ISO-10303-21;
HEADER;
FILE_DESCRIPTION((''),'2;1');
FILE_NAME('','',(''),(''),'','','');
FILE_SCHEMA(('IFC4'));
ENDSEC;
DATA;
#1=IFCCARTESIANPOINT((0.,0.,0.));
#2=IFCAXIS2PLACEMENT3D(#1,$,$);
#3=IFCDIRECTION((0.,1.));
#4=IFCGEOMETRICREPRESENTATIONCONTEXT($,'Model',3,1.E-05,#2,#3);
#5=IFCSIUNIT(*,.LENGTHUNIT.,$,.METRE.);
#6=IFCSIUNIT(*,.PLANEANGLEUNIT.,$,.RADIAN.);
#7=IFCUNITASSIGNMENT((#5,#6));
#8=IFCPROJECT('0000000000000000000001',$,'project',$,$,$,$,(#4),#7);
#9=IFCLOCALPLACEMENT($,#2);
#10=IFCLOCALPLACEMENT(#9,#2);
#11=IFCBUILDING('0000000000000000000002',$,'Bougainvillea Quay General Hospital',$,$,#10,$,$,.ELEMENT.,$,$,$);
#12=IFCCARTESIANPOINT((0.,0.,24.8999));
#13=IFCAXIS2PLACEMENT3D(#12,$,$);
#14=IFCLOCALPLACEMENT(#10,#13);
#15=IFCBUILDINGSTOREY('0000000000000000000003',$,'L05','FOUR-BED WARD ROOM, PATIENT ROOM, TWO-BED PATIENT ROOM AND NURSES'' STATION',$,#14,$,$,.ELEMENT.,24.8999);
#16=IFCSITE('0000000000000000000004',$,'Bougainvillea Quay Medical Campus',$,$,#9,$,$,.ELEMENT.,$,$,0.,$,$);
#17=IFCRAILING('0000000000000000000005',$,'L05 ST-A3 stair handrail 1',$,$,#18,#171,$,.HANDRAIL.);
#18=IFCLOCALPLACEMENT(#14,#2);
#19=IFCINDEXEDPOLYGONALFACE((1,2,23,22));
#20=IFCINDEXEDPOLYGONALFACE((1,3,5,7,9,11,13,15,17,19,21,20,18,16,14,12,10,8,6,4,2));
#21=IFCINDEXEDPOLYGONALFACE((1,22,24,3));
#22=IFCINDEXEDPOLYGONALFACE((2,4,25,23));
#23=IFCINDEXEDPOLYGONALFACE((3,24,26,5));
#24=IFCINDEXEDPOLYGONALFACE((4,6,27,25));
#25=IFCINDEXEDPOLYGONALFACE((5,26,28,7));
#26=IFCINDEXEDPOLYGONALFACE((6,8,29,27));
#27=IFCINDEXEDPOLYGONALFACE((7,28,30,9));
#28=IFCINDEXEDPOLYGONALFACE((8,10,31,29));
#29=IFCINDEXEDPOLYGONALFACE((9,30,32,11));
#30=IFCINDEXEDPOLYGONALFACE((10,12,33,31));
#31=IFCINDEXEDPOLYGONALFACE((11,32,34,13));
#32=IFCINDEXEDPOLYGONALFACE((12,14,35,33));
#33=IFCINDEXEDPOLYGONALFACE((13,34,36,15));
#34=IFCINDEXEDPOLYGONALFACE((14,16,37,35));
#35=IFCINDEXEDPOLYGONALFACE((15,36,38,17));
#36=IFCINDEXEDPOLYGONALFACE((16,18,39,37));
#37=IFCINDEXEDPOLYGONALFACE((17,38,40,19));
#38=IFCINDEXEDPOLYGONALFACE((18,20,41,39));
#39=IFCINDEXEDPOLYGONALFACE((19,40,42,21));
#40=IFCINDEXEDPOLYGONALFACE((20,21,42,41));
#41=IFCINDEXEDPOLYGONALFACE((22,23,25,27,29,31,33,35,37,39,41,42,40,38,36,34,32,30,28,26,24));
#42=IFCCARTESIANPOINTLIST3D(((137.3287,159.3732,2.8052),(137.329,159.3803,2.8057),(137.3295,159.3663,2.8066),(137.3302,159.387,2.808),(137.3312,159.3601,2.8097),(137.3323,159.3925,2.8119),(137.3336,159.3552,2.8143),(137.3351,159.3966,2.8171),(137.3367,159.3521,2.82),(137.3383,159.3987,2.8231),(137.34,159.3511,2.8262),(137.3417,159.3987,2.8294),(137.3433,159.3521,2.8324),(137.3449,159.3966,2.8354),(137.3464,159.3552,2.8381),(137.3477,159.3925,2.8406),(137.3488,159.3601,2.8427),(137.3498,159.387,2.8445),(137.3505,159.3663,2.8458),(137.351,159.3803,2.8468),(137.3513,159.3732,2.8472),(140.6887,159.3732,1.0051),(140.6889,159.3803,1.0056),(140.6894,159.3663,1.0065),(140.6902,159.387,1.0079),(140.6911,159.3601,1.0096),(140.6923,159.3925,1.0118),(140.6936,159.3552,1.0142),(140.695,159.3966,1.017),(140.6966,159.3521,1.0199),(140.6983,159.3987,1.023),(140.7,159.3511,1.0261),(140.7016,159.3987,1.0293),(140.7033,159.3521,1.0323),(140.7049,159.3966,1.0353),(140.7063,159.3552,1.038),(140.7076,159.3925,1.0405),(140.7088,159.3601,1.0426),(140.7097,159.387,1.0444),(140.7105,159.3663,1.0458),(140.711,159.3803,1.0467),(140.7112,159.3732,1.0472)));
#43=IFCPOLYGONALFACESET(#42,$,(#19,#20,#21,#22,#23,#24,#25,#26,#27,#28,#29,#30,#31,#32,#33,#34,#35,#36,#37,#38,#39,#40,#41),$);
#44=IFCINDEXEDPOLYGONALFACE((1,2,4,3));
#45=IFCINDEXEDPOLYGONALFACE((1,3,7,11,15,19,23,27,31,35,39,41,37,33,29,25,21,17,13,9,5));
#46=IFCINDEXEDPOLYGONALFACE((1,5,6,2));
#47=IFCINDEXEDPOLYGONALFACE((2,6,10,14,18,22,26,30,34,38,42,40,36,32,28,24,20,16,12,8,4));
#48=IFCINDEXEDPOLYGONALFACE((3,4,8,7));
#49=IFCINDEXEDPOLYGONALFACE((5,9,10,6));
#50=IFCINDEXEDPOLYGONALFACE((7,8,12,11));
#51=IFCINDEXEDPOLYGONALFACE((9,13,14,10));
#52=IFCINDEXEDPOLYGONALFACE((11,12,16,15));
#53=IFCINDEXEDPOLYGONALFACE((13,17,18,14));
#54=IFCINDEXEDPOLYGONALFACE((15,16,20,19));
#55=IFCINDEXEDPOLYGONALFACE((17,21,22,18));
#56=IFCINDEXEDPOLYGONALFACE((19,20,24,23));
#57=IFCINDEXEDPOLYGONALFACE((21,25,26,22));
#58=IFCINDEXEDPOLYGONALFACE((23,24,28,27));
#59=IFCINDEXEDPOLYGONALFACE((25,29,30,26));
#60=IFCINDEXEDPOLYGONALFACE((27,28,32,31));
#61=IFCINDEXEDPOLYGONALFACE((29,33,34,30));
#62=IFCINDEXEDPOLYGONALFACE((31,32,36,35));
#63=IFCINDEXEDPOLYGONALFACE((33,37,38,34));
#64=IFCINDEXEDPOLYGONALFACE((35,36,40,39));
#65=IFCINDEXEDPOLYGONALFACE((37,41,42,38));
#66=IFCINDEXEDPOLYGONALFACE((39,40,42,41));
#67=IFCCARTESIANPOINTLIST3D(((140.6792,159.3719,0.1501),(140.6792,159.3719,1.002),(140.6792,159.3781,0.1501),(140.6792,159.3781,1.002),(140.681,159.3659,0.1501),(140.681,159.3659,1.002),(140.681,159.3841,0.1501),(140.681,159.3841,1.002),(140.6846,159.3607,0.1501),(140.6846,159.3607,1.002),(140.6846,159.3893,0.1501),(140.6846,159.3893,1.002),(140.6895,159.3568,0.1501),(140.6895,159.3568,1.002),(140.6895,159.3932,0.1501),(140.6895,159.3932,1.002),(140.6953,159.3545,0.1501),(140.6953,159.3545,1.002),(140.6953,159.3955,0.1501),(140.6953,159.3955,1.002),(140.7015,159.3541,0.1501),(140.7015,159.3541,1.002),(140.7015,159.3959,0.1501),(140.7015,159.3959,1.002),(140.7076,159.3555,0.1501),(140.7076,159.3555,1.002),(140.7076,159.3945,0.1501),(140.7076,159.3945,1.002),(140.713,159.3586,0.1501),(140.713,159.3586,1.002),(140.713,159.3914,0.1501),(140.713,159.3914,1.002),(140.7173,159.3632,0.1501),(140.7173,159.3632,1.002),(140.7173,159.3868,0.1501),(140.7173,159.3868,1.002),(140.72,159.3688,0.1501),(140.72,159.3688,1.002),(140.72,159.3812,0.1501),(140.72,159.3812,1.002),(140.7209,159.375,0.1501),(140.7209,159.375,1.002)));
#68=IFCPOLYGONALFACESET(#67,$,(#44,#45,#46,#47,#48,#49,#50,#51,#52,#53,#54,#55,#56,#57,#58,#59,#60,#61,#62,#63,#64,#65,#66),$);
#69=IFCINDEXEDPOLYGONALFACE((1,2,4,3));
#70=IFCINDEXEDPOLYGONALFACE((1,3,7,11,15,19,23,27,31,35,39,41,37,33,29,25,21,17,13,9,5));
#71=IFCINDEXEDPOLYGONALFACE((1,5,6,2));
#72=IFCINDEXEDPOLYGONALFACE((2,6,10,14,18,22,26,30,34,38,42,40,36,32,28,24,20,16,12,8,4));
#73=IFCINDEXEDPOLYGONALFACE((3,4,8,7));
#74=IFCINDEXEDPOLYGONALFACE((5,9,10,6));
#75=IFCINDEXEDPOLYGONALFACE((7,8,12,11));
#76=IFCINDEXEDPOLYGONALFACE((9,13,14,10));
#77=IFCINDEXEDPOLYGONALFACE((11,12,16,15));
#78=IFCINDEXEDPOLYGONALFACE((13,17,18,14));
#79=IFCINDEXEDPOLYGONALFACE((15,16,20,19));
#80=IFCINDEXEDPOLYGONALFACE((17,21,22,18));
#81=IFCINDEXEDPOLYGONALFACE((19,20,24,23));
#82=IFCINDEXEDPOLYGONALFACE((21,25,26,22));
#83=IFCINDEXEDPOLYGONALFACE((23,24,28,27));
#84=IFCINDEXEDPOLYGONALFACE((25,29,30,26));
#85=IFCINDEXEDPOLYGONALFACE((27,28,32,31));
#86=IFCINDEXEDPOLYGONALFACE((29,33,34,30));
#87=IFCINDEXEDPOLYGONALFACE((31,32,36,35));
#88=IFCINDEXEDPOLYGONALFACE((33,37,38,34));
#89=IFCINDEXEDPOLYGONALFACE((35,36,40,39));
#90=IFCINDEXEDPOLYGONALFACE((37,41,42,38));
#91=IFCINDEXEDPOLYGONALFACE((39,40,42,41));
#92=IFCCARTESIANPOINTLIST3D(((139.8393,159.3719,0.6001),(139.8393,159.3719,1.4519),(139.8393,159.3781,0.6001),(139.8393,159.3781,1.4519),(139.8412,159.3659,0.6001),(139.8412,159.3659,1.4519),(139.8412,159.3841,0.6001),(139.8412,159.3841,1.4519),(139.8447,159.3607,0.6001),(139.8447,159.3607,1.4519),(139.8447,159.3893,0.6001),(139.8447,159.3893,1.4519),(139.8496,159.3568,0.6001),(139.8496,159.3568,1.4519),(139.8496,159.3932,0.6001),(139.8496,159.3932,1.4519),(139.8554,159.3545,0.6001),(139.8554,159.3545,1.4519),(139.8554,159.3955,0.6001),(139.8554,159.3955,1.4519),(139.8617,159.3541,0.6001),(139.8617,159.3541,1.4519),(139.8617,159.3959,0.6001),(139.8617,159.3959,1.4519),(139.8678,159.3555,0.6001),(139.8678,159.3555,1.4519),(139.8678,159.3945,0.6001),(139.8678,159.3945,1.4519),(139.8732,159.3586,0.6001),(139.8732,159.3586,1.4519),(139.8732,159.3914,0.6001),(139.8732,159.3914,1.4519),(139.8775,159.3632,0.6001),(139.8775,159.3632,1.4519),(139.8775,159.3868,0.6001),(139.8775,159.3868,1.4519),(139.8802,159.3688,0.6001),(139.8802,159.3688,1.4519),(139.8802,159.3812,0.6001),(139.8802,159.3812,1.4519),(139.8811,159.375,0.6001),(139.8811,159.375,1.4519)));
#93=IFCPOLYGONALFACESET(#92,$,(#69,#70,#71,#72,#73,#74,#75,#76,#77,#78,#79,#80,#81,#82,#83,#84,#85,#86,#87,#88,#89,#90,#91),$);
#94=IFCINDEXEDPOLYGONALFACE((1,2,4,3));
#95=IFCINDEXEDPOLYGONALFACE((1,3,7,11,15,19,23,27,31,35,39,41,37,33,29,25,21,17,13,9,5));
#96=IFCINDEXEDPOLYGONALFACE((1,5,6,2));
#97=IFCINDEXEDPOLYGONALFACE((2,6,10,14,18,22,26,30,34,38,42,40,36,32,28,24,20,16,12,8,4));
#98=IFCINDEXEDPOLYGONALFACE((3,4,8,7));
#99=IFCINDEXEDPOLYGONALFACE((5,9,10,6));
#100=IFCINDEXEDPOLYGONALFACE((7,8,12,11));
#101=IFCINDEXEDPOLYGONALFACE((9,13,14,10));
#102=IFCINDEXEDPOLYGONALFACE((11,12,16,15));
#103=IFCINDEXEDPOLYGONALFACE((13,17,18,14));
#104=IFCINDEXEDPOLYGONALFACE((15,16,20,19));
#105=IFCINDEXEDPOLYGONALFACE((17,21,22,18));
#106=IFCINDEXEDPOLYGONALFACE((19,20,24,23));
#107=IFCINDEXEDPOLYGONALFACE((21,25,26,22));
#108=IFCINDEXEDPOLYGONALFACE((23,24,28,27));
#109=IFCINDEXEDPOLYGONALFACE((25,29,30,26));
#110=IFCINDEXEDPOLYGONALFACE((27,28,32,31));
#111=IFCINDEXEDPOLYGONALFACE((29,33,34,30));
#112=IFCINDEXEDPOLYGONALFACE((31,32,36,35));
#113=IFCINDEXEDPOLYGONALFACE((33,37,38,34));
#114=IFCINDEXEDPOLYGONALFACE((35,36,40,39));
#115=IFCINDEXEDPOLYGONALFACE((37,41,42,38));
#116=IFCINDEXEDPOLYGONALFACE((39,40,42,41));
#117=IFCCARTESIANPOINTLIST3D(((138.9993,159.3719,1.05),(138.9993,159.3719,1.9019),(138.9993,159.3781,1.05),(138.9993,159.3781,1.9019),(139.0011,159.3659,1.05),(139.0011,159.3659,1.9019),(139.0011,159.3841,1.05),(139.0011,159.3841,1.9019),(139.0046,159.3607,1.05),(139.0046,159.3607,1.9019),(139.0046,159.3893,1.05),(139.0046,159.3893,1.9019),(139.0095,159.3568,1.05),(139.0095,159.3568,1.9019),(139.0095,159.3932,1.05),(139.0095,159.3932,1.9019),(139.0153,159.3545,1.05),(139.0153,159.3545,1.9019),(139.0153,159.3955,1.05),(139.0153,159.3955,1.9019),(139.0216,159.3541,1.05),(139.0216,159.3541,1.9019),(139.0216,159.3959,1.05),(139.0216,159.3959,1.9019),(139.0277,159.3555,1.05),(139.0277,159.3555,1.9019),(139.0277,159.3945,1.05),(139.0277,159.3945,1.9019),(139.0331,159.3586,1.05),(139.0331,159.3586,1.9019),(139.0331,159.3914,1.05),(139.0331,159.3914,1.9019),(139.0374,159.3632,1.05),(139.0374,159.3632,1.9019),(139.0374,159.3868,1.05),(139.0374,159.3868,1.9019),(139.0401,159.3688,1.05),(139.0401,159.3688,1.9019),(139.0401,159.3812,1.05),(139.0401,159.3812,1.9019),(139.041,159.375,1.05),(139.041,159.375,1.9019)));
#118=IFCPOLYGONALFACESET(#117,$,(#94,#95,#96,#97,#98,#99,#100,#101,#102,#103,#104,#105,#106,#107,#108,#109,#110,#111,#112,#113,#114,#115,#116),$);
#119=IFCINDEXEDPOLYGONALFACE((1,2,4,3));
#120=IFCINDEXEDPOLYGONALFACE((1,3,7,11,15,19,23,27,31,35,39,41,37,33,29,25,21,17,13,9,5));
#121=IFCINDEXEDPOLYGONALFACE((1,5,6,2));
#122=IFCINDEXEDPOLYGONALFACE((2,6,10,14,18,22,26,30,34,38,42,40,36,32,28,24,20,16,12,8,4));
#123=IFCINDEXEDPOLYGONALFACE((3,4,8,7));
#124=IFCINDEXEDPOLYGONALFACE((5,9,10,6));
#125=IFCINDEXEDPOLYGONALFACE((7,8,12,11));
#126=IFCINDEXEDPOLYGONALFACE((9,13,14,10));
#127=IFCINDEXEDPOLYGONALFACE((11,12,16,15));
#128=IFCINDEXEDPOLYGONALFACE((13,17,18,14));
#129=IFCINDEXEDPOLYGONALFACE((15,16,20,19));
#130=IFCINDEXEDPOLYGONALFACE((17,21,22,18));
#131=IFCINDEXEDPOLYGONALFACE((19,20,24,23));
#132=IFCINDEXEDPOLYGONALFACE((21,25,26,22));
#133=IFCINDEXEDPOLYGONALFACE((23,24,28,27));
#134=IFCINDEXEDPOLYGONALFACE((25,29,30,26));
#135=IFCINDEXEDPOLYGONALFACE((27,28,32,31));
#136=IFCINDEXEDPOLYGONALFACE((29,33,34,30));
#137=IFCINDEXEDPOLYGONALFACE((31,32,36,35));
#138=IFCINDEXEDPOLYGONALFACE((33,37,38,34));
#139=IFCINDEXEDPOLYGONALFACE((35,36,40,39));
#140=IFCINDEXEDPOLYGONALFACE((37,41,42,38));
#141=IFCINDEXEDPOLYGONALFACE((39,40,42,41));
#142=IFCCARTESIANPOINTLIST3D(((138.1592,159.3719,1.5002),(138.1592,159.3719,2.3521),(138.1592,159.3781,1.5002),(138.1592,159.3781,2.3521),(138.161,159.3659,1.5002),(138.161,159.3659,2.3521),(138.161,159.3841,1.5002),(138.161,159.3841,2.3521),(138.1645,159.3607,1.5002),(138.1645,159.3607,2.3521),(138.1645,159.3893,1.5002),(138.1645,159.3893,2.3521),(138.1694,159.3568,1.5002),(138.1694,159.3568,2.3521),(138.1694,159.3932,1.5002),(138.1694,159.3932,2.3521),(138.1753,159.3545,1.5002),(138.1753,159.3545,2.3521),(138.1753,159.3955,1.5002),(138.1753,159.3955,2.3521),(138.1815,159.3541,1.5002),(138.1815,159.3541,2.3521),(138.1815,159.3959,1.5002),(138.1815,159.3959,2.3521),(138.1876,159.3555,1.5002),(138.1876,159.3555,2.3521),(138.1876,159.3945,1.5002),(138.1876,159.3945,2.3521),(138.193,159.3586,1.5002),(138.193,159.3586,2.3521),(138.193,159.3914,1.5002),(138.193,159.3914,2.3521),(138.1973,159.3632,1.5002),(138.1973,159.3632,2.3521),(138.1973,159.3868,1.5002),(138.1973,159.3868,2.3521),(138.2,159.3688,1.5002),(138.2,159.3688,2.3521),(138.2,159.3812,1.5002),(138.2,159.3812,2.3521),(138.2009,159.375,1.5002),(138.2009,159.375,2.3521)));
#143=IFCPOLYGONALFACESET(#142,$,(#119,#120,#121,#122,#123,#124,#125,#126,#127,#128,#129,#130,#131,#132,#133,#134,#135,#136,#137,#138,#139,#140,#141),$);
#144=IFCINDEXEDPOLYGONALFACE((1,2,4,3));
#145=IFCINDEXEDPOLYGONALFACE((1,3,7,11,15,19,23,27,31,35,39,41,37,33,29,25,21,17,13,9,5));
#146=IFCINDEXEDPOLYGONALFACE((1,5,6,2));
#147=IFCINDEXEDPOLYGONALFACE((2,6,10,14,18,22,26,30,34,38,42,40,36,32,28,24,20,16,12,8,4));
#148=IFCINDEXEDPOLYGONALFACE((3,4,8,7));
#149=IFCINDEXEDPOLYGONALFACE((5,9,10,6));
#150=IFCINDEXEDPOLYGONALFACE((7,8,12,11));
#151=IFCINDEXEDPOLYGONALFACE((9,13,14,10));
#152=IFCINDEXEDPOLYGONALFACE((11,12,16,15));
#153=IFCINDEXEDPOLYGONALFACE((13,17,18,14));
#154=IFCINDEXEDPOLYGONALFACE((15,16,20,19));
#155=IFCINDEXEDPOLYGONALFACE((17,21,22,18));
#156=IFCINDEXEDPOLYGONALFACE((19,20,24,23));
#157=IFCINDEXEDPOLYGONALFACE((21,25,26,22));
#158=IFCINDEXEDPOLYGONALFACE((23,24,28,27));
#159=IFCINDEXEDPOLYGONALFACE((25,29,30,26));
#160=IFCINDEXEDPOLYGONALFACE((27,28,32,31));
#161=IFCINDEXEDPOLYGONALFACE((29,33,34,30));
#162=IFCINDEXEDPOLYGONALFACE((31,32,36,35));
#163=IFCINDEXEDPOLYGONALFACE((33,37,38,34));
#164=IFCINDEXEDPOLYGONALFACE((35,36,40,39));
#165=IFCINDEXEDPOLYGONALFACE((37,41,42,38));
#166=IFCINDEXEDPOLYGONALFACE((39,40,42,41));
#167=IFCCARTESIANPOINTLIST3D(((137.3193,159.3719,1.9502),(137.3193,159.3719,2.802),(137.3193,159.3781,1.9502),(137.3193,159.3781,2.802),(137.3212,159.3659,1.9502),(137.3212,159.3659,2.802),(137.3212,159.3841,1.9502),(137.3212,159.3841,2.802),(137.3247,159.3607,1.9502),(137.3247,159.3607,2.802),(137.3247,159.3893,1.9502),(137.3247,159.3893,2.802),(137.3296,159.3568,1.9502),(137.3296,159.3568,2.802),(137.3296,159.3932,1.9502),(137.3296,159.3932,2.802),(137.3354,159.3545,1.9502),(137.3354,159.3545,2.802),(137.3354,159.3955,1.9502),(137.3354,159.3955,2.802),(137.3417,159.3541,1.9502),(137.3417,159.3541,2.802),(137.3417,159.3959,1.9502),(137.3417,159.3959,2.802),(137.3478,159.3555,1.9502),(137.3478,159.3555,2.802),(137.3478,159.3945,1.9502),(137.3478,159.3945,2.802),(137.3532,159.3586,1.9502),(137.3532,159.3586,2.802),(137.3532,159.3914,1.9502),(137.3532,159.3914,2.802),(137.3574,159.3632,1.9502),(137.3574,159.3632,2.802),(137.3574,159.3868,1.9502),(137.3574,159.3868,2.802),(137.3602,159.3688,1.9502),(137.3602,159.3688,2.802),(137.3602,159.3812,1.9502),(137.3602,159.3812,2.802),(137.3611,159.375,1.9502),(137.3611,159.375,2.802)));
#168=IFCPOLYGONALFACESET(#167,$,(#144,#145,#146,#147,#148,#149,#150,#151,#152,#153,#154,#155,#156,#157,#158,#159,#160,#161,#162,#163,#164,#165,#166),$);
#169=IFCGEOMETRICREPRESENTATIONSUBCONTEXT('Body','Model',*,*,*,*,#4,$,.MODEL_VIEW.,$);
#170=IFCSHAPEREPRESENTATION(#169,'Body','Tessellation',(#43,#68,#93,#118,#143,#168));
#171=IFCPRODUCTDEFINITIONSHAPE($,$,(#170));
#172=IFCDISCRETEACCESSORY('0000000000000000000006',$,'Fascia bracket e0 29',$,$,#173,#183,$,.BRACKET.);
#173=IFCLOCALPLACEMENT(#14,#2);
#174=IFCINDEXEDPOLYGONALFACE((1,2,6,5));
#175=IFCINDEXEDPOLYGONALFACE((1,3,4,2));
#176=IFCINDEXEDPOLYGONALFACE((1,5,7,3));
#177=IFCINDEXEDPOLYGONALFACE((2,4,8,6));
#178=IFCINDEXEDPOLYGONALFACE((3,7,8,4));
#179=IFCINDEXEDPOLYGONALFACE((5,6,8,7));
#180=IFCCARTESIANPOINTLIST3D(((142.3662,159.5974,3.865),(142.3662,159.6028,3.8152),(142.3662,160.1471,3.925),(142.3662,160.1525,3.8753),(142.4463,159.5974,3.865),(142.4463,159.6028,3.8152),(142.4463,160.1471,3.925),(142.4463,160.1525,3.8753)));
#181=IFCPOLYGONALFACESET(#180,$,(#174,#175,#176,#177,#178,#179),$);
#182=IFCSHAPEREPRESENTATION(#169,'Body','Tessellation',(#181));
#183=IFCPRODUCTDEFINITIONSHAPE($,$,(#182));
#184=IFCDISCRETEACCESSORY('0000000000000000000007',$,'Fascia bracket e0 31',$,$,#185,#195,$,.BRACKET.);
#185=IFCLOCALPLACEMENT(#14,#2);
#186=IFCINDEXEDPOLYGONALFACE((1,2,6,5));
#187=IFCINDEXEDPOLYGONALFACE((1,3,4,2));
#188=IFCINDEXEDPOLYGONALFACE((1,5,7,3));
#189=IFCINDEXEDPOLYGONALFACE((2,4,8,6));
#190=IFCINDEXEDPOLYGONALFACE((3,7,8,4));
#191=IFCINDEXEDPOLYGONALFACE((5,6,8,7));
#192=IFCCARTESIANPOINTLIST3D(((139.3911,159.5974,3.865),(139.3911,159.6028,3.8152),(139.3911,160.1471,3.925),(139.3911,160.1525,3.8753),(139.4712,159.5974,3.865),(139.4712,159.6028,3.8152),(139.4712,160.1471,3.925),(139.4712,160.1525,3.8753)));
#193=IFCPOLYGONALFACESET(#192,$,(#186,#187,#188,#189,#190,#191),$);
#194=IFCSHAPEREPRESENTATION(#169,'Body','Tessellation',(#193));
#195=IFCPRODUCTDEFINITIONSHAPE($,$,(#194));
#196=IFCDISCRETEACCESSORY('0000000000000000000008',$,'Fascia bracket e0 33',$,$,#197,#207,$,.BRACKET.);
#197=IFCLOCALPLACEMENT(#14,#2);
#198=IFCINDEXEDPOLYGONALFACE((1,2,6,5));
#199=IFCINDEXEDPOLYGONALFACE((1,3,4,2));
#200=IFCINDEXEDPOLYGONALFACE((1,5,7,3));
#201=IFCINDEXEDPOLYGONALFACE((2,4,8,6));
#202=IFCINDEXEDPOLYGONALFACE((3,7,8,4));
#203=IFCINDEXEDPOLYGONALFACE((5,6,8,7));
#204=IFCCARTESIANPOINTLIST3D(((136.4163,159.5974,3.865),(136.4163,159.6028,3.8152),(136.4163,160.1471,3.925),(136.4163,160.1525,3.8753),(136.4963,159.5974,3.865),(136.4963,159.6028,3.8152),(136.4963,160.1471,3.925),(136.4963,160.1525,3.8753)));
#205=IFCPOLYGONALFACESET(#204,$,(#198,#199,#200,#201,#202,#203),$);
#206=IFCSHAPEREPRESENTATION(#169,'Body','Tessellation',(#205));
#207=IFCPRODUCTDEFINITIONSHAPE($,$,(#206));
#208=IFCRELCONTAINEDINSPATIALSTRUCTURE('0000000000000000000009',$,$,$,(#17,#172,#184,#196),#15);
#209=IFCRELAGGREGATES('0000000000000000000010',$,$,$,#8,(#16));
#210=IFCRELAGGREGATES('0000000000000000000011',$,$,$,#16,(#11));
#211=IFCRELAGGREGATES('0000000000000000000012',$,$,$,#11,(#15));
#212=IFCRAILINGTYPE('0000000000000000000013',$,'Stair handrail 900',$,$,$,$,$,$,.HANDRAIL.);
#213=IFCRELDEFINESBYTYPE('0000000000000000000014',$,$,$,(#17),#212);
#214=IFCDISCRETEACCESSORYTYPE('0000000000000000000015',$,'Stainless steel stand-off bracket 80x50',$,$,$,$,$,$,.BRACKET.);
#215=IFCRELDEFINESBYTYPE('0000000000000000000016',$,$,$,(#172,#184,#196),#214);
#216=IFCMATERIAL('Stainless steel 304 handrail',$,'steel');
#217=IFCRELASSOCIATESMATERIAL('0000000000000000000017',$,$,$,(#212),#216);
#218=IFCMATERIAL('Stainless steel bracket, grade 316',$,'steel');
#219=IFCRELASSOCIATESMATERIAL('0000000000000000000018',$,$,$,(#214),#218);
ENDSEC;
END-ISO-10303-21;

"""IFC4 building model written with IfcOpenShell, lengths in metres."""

from ifc_helpers import new_model, si_unit, direction, frame, origin, origin_2d, place, context, subcontext, project, spatial, rectangle, circle, extrude, material, material_profile, profile_set, type_object, element, save


model = new_model("IFC4")

# Units and contexts
model_context = context("Model", 3, precision=1e-05, world=origin(), true_north=direction((0.0, 1.0)))
body_context = subcontext(model_context, "Body", "Model", "MODEL_VIEW")
ifc_project = project(units=[si_unit("LENGTHUNIT", "METRE"), si_unit("PLANEANGLEUNIT", "RADIAN")], contexts=[model_context])

# Site, building, storey
site_placement = place(None, origin())
site = spatial("IfcSite", under=ifc_project, at=site_placement, Name="Bougainvillea Quay Medical Campus", CompositionType="ELEMENT", RefElevation=0.0)
building_placement = place(site_placement, origin())
building = spatial("IfcBuilding", under=site, at=building_placement, Name="Bougainvillea Quay General Hospital", CompositionType="ELEMENT")
storey_placement = place(building_placement, frame((0.0, 0.0, 24.8999)))
storey = spatial("IfcBuildingStorey", under=building, at=storey_placement, Name="L05", Description="FOUR-BED WARD ROOM, PATIENT ROOM, TWO-BED PATIENT ROOM AND NURSES' STATION", CompositionType="ELEMENT", Elevation=24.8999)

# Railing
ifc_material_1 = material(Name="Stainless steel 304 handrail", Category="steel")
railing_type_1 = type_object("IfcRailingType", Name="Stair handrail 900", PredefinedType="HANDRAIL", material=ifc_material_1)
railing_1_placement = place(storey_placement, frame((140.7, 159.375, 0.1501)))
element("IfcRailing", 1, at=railing_1_placement, inside=storey, type_object=railing_type_1, Name="L05 ST-A3 stair handrail 1", PredefinedType="HANDRAIL", context=body_context, shape_type="SweptSolid", body=[
    extrude(circle(Radius=0.0239, at=origin_2d()), frame((0.0, 0.0, 0.876), z_axis=(-0.881467, 0.0, 0.472246), x_axis=(0.0, -1.0, 0.0)), (0.0, 0.0, 1.0), 3.8118),
    extrude(circle(Radius=0.021, at=origin_2d()), origin(), (0.0, 0.0, 1.0), 0.8518),
    extrude(circle(Radius=0.021, at=origin_2d()), frame((-0.8398, 0.0, 0.45)), (0.0, 0.0, 1.0), 0.8518),
    extrude(circle(Radius=0.021, at=origin_2d()), frame((-1.6799, 0.0, 0.8999)), (0.0, 0.0, 1.0), 0.8518),
    extrude(circle(Radius=0.021, at=origin_2d()), frame((-2.52, 0.0, 1.3501)), (0.0, 0.0, 1.0), 0.8518),
    extrude(circle(Radius=0.021, at=origin_2d()), frame((-3.3599, 0.0, 1.8)), (0.0, 0.0, 1.0), 0.8518),
])

# Discrete accessories
ifc_material_2 = material(Name="Stainless steel bracket, grade 316", Category="steel")
ifc_material_profile_1 = material_profile(ifc_material_2, rectangle(XDim=0.0801, YDim=0.05, at=origin_2d()))
ifc_profile_set_1 = profile_set([ifc_material_profile_1], Name="Stainless steel bracket, grade 316")
discrete_accessory_type = type_object("IfcDiscreteAccessoryType", Name="Stainless steel stand-off bracket 80x50", PredefinedType="BRACKET", material=ifc_profile_set_1)
for number, where, z_axis, x_axis, name in (
    (2, (142.4062, 159.6001, 3.8401), (0.0, 0.994087, 0.10859), (-1.0, 0.0, 0.0), "Fascia bracket e0 29"),
    (3, (139.4312, 159.6001, 3.8401), (0.0, 0.994087, 0.10859), (-1.0, 0.0, 0.0), "Fascia bracket e0 31"),
    (4, (136.4563, 159.6001, 3.8401), (0.0, 0.994087, 0.10859), (-1.0, 0.0, 0.0), "Fascia bracket e0 33"),
):
    element("IfcDiscreteAccessory", number, at=place(storey_placement, frame(where, z_axis=z_axis, x_axis=x_axis)), inside=storey, type_object=discrete_accessory_type, Name=name, PredefinedType="BRACKET", context=body_context, shape_type="SweptSolid", body=[
        extrude(rectangle(XDim=0.0801, YDim=0.05, at=origin_2d()), origin(), (0.0, 0.0, 1.0), 0.553),
    ])

save(model, "model.ifc")
